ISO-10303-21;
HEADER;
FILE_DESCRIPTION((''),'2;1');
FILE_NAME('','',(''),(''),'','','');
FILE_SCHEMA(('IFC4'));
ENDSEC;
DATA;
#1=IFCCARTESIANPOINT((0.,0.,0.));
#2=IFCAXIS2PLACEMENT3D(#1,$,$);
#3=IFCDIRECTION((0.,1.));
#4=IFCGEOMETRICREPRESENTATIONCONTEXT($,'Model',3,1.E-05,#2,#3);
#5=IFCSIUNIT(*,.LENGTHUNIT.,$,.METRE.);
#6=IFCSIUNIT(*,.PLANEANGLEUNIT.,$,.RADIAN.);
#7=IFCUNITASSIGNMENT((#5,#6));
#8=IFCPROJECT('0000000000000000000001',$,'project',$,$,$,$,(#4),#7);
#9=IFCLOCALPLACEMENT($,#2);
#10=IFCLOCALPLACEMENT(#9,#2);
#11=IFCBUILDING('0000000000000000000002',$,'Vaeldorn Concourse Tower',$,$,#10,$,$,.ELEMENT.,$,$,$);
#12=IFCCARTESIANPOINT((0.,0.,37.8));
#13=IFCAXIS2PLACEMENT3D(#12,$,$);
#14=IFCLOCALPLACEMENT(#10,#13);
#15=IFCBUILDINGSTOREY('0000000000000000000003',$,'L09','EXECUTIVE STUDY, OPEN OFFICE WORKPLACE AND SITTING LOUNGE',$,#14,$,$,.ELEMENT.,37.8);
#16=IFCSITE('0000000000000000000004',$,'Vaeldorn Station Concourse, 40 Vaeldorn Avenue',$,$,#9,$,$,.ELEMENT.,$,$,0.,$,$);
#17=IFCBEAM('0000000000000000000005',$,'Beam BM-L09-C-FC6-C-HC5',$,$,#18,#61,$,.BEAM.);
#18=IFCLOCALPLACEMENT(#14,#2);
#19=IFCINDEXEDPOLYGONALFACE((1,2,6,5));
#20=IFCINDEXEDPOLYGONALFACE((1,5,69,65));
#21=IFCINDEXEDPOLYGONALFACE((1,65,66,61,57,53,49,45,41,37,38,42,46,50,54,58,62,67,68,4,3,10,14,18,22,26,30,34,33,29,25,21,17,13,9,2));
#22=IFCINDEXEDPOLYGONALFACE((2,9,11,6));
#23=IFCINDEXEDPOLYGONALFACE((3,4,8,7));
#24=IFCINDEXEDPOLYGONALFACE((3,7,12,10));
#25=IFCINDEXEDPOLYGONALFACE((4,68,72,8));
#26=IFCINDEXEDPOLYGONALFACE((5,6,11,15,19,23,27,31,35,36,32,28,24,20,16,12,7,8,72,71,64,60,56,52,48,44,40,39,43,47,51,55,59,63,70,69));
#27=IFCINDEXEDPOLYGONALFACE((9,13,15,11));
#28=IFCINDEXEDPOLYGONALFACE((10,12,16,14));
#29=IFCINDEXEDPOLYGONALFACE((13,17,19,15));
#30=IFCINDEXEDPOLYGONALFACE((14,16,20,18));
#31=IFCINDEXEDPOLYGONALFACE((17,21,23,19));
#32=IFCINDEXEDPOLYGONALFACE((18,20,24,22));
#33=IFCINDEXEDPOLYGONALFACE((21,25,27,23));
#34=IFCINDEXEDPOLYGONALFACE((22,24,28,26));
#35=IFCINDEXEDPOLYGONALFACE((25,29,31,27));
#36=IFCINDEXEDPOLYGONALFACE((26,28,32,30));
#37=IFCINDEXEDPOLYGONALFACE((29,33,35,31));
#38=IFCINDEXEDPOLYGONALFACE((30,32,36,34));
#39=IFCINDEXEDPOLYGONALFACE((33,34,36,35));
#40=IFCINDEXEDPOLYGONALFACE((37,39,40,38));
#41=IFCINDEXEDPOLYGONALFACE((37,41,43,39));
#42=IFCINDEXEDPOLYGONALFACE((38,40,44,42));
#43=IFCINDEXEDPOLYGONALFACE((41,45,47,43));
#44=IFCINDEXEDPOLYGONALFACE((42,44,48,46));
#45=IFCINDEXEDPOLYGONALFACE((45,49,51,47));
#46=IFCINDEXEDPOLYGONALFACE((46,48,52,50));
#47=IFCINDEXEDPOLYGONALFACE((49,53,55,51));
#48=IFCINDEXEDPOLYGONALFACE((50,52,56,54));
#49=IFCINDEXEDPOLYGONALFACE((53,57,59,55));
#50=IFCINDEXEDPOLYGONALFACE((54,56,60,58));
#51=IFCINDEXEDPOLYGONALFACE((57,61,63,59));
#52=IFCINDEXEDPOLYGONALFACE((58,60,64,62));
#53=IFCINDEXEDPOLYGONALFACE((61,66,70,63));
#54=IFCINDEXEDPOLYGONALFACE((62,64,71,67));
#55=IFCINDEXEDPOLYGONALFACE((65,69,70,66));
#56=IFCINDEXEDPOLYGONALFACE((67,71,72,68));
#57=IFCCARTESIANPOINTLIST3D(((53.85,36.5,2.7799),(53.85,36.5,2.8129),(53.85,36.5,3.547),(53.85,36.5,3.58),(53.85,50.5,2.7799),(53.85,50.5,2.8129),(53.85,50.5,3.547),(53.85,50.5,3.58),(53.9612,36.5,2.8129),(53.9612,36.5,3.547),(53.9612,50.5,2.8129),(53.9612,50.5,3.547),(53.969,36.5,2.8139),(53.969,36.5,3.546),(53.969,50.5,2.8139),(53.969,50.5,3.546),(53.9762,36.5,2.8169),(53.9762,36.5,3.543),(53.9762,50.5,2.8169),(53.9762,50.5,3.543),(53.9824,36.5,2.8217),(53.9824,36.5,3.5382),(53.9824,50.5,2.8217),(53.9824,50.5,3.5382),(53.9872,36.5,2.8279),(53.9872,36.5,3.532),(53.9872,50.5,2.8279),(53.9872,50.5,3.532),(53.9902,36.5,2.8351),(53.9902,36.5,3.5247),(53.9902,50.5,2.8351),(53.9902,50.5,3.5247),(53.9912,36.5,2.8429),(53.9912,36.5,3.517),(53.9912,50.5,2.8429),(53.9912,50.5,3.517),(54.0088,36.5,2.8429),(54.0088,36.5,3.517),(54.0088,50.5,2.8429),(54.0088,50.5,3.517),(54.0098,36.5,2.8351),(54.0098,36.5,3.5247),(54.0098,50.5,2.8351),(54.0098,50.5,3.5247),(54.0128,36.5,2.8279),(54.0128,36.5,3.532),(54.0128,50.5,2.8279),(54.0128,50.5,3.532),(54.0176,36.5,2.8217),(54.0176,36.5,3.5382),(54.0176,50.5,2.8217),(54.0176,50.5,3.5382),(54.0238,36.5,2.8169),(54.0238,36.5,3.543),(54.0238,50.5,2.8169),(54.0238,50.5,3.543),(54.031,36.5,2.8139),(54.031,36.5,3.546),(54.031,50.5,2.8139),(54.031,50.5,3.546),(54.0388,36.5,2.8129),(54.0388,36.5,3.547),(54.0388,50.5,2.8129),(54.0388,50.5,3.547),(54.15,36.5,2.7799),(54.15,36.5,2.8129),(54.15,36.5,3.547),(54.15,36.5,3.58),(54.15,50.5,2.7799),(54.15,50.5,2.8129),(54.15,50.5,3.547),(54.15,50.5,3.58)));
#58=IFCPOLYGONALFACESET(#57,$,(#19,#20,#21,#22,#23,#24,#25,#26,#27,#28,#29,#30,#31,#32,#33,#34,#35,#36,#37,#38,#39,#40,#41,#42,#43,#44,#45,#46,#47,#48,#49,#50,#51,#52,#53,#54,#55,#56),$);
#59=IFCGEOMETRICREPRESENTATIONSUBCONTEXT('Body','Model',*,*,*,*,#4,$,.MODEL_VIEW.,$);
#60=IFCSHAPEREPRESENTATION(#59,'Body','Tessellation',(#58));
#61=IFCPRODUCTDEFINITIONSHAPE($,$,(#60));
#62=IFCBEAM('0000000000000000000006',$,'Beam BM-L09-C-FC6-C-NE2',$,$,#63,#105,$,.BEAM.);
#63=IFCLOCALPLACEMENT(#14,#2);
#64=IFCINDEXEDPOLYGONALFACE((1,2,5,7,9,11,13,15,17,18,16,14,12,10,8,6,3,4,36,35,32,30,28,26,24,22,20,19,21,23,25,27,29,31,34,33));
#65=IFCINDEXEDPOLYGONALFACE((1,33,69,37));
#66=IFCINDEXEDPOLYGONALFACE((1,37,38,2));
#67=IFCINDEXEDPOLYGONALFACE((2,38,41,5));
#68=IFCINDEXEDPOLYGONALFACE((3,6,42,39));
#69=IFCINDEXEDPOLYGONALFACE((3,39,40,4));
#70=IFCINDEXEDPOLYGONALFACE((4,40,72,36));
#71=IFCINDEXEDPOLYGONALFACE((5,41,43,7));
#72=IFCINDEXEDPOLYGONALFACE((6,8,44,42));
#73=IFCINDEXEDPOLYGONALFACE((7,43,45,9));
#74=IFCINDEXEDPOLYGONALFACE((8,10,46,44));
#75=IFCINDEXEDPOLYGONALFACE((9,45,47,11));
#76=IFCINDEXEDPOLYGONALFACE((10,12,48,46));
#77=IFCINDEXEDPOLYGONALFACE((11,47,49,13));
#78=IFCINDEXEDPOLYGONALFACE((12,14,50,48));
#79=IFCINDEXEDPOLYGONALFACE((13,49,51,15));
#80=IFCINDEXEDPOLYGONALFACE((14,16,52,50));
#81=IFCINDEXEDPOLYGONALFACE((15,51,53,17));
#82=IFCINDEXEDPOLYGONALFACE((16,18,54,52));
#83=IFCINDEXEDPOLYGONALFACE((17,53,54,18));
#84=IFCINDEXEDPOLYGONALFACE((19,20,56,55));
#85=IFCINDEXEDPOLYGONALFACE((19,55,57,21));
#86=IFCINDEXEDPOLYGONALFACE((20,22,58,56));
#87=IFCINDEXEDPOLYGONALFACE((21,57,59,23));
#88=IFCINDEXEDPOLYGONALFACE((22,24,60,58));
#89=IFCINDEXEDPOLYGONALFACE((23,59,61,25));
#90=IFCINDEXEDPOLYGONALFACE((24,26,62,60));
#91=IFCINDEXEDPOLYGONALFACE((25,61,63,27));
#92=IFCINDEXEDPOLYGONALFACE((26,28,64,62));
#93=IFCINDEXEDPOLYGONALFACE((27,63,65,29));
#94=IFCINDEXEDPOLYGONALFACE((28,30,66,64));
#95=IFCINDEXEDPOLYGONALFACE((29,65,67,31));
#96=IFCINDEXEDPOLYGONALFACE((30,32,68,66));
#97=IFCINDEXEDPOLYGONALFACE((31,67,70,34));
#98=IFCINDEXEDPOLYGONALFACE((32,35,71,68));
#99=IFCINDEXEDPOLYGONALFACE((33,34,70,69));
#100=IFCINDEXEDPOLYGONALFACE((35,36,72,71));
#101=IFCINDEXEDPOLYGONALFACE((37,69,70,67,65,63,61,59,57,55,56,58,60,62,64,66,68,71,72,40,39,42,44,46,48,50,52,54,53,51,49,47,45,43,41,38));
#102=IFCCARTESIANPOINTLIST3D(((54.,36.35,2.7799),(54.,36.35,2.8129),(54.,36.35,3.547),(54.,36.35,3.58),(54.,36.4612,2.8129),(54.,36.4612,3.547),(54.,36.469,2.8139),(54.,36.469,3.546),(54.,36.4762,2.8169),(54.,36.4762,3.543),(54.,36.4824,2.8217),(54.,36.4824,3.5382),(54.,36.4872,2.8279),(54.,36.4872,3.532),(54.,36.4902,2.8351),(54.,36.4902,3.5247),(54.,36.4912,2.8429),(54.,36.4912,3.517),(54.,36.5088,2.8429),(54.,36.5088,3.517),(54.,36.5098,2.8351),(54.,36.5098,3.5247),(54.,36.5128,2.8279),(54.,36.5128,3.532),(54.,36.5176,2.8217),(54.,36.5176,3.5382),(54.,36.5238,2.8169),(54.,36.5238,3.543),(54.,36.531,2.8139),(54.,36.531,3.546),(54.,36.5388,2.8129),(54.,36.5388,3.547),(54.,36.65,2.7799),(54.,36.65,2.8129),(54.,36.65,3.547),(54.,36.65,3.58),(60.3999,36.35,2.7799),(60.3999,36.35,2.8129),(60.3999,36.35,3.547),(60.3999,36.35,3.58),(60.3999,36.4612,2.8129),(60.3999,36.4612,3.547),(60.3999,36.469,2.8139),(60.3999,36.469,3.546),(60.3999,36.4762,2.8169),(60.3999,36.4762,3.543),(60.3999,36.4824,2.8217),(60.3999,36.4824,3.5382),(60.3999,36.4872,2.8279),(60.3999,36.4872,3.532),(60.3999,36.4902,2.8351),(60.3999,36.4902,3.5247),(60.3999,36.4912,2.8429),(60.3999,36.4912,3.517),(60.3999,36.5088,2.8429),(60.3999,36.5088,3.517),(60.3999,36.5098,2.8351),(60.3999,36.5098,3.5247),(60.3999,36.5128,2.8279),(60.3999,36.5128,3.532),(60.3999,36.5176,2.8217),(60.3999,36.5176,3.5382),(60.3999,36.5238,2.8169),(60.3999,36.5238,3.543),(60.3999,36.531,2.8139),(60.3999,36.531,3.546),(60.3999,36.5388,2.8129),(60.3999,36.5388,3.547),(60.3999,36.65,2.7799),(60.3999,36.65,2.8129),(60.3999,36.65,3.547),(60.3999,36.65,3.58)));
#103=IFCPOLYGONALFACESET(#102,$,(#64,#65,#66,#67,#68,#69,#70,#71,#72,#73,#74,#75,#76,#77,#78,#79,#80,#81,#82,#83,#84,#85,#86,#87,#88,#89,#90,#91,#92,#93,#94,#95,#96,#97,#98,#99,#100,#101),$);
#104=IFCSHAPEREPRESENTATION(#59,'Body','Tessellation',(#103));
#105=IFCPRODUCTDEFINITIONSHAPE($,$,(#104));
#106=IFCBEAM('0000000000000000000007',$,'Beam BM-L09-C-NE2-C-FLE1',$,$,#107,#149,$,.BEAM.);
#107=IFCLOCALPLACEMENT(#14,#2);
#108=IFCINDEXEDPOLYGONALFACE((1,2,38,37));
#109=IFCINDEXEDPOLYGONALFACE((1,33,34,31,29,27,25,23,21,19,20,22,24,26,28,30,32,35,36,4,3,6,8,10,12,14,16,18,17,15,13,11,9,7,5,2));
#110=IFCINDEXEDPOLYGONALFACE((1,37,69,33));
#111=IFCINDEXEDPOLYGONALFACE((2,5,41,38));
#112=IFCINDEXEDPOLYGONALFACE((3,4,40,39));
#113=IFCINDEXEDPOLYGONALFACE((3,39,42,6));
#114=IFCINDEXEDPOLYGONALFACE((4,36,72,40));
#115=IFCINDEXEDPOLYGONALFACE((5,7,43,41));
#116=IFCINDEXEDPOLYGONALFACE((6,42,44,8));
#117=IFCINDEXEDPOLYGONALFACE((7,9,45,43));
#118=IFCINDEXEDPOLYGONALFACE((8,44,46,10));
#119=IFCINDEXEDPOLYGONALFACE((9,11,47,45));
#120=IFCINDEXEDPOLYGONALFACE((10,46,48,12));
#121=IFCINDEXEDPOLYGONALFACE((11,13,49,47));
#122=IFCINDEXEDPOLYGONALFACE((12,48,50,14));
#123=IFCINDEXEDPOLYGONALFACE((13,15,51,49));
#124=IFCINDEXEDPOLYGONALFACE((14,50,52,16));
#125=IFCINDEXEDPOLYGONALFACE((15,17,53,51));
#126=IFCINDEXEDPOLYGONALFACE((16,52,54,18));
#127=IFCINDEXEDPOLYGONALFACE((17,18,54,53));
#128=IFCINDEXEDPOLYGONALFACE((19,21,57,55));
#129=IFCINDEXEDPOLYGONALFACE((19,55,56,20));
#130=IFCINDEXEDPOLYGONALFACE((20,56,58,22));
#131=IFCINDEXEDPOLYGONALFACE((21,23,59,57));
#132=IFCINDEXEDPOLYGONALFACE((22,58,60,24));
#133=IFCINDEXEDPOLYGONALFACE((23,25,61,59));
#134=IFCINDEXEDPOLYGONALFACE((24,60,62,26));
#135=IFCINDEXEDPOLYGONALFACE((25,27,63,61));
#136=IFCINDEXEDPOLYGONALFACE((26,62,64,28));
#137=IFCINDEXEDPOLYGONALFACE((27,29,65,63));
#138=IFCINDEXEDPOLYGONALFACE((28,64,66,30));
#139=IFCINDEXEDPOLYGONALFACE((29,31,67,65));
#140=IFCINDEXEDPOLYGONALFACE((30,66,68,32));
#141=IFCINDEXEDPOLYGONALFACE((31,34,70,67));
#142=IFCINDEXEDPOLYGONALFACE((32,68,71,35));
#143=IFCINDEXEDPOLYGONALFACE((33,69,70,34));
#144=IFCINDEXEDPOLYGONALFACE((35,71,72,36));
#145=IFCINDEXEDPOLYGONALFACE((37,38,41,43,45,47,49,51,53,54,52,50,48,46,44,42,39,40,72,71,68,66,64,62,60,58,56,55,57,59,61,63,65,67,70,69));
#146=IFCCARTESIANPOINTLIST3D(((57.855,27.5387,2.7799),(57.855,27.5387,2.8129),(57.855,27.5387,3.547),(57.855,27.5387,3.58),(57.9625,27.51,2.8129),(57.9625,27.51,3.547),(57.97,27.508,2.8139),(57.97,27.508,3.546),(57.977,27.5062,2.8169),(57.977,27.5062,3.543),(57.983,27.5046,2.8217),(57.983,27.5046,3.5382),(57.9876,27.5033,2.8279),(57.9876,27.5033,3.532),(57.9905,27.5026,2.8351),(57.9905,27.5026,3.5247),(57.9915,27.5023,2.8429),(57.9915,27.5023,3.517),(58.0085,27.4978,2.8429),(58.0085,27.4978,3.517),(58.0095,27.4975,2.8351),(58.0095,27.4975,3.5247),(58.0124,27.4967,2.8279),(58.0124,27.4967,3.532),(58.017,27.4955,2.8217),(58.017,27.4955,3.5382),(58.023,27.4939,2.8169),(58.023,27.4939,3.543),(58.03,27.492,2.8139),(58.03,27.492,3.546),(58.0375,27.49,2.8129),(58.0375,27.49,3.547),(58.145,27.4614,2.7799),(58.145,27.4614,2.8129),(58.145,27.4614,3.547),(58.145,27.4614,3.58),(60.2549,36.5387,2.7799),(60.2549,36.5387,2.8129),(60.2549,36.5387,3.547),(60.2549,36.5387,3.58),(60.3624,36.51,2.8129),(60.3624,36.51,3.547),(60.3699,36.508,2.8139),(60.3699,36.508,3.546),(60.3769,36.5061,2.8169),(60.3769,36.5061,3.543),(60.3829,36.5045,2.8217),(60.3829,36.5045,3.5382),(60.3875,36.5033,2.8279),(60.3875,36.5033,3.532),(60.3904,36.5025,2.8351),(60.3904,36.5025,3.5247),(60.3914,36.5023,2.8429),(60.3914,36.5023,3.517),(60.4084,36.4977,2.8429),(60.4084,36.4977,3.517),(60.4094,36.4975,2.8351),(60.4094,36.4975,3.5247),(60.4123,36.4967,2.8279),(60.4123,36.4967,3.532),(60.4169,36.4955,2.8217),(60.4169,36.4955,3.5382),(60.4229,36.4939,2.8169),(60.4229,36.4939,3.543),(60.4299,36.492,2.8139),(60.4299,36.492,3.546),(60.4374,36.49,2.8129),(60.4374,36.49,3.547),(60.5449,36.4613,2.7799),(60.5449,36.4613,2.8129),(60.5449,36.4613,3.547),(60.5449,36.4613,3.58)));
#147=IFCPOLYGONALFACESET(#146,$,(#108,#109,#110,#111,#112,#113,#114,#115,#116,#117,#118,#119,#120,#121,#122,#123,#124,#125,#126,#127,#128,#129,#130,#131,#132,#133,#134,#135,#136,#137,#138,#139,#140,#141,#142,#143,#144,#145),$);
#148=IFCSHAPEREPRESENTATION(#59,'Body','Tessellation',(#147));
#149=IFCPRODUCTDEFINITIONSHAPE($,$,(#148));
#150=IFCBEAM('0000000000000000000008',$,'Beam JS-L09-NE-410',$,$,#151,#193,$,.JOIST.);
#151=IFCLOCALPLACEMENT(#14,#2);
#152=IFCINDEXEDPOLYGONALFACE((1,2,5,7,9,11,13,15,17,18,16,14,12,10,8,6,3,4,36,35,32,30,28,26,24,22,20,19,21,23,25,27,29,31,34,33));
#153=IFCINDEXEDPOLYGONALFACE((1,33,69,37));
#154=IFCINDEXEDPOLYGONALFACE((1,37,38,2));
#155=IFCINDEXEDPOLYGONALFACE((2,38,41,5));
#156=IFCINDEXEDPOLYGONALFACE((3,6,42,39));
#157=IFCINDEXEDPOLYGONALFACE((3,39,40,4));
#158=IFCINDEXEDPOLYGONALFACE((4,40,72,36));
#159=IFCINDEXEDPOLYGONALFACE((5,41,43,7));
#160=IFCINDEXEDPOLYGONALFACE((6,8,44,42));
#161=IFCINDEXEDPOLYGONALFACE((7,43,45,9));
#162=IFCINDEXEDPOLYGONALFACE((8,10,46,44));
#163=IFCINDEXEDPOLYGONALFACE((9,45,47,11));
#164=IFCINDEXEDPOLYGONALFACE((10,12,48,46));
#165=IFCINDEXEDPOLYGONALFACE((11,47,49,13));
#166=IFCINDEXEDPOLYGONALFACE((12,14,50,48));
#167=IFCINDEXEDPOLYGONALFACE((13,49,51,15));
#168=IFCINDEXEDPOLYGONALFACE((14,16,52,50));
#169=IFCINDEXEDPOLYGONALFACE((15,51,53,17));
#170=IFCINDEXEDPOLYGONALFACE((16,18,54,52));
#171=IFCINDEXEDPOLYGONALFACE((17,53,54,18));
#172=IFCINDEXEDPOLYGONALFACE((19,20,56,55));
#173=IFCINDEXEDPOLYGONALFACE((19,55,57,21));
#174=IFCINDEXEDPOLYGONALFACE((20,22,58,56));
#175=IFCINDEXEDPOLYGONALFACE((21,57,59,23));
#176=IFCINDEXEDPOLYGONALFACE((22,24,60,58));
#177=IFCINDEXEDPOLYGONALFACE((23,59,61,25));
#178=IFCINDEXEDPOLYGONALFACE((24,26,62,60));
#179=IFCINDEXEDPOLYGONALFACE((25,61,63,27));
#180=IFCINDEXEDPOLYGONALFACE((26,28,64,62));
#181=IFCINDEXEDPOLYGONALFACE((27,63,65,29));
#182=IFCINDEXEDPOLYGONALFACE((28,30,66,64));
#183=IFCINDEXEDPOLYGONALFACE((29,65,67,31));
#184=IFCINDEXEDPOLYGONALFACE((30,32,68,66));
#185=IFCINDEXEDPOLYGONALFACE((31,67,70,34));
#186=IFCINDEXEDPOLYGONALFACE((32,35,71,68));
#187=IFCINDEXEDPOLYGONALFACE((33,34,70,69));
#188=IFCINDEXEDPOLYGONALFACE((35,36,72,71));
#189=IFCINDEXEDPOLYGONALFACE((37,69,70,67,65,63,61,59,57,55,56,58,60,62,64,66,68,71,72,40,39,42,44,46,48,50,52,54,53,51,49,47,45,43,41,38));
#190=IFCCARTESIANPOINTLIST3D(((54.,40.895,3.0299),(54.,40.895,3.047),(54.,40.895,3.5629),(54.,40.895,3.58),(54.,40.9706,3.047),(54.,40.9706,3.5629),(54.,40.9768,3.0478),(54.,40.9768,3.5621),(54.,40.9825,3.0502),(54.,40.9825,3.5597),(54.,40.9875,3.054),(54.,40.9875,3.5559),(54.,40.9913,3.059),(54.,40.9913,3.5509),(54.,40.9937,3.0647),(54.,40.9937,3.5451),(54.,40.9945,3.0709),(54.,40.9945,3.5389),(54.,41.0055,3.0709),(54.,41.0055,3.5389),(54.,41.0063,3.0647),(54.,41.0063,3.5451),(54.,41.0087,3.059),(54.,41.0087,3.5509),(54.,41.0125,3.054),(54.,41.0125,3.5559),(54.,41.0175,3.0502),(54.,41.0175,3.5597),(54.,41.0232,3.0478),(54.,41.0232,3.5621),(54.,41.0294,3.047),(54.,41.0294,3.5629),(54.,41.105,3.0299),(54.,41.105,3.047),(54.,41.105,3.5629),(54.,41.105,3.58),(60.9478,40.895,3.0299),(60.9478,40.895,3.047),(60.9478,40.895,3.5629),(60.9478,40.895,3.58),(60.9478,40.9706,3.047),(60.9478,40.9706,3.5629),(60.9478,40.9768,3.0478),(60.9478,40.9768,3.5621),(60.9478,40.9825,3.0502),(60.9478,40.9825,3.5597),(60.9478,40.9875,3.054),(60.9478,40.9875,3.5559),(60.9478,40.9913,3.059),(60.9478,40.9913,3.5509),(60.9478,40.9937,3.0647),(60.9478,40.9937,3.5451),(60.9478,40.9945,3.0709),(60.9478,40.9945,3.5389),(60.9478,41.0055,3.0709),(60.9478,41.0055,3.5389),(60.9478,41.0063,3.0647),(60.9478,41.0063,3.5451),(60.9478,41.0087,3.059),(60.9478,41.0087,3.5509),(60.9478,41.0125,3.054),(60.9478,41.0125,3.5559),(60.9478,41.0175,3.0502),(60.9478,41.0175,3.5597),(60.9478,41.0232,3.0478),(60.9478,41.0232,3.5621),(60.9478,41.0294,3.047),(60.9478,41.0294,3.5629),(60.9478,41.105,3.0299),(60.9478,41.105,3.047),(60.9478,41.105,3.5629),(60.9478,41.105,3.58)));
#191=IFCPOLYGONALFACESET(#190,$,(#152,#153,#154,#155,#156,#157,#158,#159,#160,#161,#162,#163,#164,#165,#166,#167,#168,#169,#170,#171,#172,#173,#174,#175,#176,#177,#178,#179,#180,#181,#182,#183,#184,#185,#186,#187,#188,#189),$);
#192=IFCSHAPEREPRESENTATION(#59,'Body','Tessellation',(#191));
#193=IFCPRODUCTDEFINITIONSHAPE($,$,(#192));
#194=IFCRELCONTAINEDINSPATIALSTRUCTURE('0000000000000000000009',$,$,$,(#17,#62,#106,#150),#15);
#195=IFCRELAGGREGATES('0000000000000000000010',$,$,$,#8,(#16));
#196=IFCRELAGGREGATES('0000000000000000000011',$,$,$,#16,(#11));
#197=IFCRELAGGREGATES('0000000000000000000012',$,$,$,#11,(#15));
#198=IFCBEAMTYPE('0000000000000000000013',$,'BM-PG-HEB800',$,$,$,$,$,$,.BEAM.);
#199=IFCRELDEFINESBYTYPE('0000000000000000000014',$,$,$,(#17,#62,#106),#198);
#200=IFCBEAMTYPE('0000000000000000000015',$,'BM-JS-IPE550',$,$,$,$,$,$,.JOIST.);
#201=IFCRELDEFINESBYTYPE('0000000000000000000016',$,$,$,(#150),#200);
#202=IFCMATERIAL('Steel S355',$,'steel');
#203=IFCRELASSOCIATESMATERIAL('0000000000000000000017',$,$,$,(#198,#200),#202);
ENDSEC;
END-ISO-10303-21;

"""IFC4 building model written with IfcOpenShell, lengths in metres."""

from ifc_helpers import new_model, si_unit, direction, frame, origin, origin_2d, place, context, subcontext, project, spatial, i_section, extrude, source, transform, mapped, material, material_profile, profile_set, type_object, element, save


model = new_model("IFC4")

# Units and contexts
model_context = context("Model", 3, precision=1e-05, world=origin(), true_north=direction((0.0, 1.0)))
body_context = subcontext(model_context, "Body", "Model", "MODEL_VIEW")
ifc_project = project(units=[si_unit("LENGTHUNIT", "METRE"), si_unit("PLANEANGLEUNIT", "RADIAN")], contexts=[model_context])

# Site, building, storey
site_placement = place(None, origin())
site = spatial("IfcSite", under=ifc_project, at=site_placement, Name="Vaeldorn Station Concourse, 40 Vaeldorn Avenue", CompositionType="ELEMENT", RefElevation=0.0)
building_placement = place(site_placement, origin())
building = spatial("IfcBuilding", under=site, at=building_placement, Name="Vaeldorn Concourse Tower", CompositionType="ELEMENT")
storey_placement = place(building_placement, frame((0.0, 0.0, 37.8)))
storey = spatial("IfcBuildingStorey", under=building, at=storey_placement, Name="L09", Description="EXECUTIVE STUDY, OPEN OFFICE WORKPLACE AND SITTING LOUNGE", CompositionType="ELEMENT", Elevation=37.8)

# Beams
ifc_material_1 = material(Name="Steel S355", Category="steel")
ifc_material_profile_1 = material_profile(ifc_material_1, i_section(OverallWidth=0.3, OverallDepth=0.8, WebThickness=0.0176, FlangeThickness=0.033, FilletRadius=0.03, at=origin_2d()), Name="HEB 800")
ifc_profile_set_1 = profile_set([ifc_material_profile_1], Name="Steel S355")
beam_type_1 = type_object("IfcBeamType", Name="BM-PG-HEB800", PredefinedType="BEAM", material=ifc_profile_set_1)
shared_shape_1 = source(origin(), body_context, "Body", "SweptSolid", [
    extrude(i_section(OverallWidth=0.3, OverallDepth=0.8, WebThickness=0.0176, FlangeThickness=0.033, FilletRadius=0.03, at=origin_2d()), origin(), (0.0, 0.0, 1.0), 14.0),
])
beam_1_placement = place(storey_placement, frame((54.0, 36.5, 3.1799), z_axis=(0.0, 1.0, 0.0), x_axis=(-1.0, 0.0, 0.0)))
element("IfcBeam", 1, at=beam_1_placement, inside=storey, type_object=beam_type_1, Name="Beam BM-L09-C-FC6-C-HC5", PredefinedType="BEAM", context=body_context, shape_type="MappedRepresentation", body=[
    mapped(shared_shape_1, transform((0.0, 0.0, 0.0), scale=1.0)),
])
shared_shape_2 = source(origin(), body_context, "Body", "SweptSolid", [
    extrude(i_section(OverallWidth=0.3, OverallDepth=0.8, WebThickness=0.0176, FlangeThickness=0.033, FilletRadius=0.03, at=origin_2d()), origin(), (0.0, 0.0, 1.0), 6.3999),
])
beam_2_placement = place(storey_placement, frame((54.0, 36.5, 3.1799), z_axis=(1.0, 0.0, 0.0), x_axis=(0.0, 1.0, 0.0)))
element("IfcBeam", 2, at=beam_2_placement, inside=storey, type_object=beam_type_1, Name="Beam BM-L09-C-FC6-C-NE2", PredefinedType="BEAM", context=body_context, shape_type="MappedRepresentation", body=[
    mapped(shared_shape_2, transform((0.0, 0.0, 0.0), scale=1.0)),
])
shared_shape_3 = source(origin(), body_context, "Body", "SweptSolid", [
    extrude(i_section(OverallWidth=0.3, OverallDepth=0.8, WebThickness=0.0176, FlangeThickness=0.033, FilletRadius=0.03, at=origin_2d()), origin(), (0.0, 0.0, 1.0), 9.3145),
])
beam_3_placement = place(storey_placement, frame((60.3999, 36.5, 3.1799), z_axis=(-0.257653, -0.966238, 0.0), x_axis=(0.966238, -0.257653, 0.0)))
element("IfcBeam", 3, at=beam_3_placement, inside=storey, type_object=beam_type_1, Name="Beam BM-L09-C-NE2-C-FLE1", PredefinedType="BEAM", context=body_context, shape_type="MappedRepresentation", body=[
    mapped(shared_shape_3, transform((0.0, 0.0, 0.0), scale=1.0)),
])
ifc_material_profile_2 = material_profile(ifc_material_1, i_section(OverallWidth=0.21, OverallDepth=0.55, WebThickness=0.011, FlangeThickness=0.0171, FilletRadius=0.0239, at=origin_2d()), Name="IPE 550")
ifc_profile_set_2 = profile_set([ifc_material_profile_2], Name="Steel S355")
beam_type_2 = type_object("IfcBeamType", Name="BM-JS-IPE550", PredefinedType="JOIST", material=ifc_profile_set_2)
shared_shape_4 = source(origin(), body_context, "Body", "SweptSolid", [
    extrude(i_section(OverallWidth=0.21, OverallDepth=0.55, WebThickness=0.011, FlangeThickness=0.0171, FilletRadius=0.0239, at=origin_2d()), origin(), (0.0, 0.0, 1.0), 6.9478),
])
beam_4_placement = place(storey_placement, frame((54.0, 41.0, 3.3049), z_axis=(1.0, 0.0, 0.0), x_axis=(0.0, 1.0, 0.0)))
element("IfcBeam", 4, at=beam_4_placement, inside=storey, type_object=beam_type_2, Name="Beam JS-L09-NE-410", PredefinedType="JOIST", context=body_context, shape_type="MappedRepresentation", body=[
    mapped(shared_shape_4, transform((0.0, 0.0, 0.0), scale=1.0)),
])

save(model, "model.ifc")
